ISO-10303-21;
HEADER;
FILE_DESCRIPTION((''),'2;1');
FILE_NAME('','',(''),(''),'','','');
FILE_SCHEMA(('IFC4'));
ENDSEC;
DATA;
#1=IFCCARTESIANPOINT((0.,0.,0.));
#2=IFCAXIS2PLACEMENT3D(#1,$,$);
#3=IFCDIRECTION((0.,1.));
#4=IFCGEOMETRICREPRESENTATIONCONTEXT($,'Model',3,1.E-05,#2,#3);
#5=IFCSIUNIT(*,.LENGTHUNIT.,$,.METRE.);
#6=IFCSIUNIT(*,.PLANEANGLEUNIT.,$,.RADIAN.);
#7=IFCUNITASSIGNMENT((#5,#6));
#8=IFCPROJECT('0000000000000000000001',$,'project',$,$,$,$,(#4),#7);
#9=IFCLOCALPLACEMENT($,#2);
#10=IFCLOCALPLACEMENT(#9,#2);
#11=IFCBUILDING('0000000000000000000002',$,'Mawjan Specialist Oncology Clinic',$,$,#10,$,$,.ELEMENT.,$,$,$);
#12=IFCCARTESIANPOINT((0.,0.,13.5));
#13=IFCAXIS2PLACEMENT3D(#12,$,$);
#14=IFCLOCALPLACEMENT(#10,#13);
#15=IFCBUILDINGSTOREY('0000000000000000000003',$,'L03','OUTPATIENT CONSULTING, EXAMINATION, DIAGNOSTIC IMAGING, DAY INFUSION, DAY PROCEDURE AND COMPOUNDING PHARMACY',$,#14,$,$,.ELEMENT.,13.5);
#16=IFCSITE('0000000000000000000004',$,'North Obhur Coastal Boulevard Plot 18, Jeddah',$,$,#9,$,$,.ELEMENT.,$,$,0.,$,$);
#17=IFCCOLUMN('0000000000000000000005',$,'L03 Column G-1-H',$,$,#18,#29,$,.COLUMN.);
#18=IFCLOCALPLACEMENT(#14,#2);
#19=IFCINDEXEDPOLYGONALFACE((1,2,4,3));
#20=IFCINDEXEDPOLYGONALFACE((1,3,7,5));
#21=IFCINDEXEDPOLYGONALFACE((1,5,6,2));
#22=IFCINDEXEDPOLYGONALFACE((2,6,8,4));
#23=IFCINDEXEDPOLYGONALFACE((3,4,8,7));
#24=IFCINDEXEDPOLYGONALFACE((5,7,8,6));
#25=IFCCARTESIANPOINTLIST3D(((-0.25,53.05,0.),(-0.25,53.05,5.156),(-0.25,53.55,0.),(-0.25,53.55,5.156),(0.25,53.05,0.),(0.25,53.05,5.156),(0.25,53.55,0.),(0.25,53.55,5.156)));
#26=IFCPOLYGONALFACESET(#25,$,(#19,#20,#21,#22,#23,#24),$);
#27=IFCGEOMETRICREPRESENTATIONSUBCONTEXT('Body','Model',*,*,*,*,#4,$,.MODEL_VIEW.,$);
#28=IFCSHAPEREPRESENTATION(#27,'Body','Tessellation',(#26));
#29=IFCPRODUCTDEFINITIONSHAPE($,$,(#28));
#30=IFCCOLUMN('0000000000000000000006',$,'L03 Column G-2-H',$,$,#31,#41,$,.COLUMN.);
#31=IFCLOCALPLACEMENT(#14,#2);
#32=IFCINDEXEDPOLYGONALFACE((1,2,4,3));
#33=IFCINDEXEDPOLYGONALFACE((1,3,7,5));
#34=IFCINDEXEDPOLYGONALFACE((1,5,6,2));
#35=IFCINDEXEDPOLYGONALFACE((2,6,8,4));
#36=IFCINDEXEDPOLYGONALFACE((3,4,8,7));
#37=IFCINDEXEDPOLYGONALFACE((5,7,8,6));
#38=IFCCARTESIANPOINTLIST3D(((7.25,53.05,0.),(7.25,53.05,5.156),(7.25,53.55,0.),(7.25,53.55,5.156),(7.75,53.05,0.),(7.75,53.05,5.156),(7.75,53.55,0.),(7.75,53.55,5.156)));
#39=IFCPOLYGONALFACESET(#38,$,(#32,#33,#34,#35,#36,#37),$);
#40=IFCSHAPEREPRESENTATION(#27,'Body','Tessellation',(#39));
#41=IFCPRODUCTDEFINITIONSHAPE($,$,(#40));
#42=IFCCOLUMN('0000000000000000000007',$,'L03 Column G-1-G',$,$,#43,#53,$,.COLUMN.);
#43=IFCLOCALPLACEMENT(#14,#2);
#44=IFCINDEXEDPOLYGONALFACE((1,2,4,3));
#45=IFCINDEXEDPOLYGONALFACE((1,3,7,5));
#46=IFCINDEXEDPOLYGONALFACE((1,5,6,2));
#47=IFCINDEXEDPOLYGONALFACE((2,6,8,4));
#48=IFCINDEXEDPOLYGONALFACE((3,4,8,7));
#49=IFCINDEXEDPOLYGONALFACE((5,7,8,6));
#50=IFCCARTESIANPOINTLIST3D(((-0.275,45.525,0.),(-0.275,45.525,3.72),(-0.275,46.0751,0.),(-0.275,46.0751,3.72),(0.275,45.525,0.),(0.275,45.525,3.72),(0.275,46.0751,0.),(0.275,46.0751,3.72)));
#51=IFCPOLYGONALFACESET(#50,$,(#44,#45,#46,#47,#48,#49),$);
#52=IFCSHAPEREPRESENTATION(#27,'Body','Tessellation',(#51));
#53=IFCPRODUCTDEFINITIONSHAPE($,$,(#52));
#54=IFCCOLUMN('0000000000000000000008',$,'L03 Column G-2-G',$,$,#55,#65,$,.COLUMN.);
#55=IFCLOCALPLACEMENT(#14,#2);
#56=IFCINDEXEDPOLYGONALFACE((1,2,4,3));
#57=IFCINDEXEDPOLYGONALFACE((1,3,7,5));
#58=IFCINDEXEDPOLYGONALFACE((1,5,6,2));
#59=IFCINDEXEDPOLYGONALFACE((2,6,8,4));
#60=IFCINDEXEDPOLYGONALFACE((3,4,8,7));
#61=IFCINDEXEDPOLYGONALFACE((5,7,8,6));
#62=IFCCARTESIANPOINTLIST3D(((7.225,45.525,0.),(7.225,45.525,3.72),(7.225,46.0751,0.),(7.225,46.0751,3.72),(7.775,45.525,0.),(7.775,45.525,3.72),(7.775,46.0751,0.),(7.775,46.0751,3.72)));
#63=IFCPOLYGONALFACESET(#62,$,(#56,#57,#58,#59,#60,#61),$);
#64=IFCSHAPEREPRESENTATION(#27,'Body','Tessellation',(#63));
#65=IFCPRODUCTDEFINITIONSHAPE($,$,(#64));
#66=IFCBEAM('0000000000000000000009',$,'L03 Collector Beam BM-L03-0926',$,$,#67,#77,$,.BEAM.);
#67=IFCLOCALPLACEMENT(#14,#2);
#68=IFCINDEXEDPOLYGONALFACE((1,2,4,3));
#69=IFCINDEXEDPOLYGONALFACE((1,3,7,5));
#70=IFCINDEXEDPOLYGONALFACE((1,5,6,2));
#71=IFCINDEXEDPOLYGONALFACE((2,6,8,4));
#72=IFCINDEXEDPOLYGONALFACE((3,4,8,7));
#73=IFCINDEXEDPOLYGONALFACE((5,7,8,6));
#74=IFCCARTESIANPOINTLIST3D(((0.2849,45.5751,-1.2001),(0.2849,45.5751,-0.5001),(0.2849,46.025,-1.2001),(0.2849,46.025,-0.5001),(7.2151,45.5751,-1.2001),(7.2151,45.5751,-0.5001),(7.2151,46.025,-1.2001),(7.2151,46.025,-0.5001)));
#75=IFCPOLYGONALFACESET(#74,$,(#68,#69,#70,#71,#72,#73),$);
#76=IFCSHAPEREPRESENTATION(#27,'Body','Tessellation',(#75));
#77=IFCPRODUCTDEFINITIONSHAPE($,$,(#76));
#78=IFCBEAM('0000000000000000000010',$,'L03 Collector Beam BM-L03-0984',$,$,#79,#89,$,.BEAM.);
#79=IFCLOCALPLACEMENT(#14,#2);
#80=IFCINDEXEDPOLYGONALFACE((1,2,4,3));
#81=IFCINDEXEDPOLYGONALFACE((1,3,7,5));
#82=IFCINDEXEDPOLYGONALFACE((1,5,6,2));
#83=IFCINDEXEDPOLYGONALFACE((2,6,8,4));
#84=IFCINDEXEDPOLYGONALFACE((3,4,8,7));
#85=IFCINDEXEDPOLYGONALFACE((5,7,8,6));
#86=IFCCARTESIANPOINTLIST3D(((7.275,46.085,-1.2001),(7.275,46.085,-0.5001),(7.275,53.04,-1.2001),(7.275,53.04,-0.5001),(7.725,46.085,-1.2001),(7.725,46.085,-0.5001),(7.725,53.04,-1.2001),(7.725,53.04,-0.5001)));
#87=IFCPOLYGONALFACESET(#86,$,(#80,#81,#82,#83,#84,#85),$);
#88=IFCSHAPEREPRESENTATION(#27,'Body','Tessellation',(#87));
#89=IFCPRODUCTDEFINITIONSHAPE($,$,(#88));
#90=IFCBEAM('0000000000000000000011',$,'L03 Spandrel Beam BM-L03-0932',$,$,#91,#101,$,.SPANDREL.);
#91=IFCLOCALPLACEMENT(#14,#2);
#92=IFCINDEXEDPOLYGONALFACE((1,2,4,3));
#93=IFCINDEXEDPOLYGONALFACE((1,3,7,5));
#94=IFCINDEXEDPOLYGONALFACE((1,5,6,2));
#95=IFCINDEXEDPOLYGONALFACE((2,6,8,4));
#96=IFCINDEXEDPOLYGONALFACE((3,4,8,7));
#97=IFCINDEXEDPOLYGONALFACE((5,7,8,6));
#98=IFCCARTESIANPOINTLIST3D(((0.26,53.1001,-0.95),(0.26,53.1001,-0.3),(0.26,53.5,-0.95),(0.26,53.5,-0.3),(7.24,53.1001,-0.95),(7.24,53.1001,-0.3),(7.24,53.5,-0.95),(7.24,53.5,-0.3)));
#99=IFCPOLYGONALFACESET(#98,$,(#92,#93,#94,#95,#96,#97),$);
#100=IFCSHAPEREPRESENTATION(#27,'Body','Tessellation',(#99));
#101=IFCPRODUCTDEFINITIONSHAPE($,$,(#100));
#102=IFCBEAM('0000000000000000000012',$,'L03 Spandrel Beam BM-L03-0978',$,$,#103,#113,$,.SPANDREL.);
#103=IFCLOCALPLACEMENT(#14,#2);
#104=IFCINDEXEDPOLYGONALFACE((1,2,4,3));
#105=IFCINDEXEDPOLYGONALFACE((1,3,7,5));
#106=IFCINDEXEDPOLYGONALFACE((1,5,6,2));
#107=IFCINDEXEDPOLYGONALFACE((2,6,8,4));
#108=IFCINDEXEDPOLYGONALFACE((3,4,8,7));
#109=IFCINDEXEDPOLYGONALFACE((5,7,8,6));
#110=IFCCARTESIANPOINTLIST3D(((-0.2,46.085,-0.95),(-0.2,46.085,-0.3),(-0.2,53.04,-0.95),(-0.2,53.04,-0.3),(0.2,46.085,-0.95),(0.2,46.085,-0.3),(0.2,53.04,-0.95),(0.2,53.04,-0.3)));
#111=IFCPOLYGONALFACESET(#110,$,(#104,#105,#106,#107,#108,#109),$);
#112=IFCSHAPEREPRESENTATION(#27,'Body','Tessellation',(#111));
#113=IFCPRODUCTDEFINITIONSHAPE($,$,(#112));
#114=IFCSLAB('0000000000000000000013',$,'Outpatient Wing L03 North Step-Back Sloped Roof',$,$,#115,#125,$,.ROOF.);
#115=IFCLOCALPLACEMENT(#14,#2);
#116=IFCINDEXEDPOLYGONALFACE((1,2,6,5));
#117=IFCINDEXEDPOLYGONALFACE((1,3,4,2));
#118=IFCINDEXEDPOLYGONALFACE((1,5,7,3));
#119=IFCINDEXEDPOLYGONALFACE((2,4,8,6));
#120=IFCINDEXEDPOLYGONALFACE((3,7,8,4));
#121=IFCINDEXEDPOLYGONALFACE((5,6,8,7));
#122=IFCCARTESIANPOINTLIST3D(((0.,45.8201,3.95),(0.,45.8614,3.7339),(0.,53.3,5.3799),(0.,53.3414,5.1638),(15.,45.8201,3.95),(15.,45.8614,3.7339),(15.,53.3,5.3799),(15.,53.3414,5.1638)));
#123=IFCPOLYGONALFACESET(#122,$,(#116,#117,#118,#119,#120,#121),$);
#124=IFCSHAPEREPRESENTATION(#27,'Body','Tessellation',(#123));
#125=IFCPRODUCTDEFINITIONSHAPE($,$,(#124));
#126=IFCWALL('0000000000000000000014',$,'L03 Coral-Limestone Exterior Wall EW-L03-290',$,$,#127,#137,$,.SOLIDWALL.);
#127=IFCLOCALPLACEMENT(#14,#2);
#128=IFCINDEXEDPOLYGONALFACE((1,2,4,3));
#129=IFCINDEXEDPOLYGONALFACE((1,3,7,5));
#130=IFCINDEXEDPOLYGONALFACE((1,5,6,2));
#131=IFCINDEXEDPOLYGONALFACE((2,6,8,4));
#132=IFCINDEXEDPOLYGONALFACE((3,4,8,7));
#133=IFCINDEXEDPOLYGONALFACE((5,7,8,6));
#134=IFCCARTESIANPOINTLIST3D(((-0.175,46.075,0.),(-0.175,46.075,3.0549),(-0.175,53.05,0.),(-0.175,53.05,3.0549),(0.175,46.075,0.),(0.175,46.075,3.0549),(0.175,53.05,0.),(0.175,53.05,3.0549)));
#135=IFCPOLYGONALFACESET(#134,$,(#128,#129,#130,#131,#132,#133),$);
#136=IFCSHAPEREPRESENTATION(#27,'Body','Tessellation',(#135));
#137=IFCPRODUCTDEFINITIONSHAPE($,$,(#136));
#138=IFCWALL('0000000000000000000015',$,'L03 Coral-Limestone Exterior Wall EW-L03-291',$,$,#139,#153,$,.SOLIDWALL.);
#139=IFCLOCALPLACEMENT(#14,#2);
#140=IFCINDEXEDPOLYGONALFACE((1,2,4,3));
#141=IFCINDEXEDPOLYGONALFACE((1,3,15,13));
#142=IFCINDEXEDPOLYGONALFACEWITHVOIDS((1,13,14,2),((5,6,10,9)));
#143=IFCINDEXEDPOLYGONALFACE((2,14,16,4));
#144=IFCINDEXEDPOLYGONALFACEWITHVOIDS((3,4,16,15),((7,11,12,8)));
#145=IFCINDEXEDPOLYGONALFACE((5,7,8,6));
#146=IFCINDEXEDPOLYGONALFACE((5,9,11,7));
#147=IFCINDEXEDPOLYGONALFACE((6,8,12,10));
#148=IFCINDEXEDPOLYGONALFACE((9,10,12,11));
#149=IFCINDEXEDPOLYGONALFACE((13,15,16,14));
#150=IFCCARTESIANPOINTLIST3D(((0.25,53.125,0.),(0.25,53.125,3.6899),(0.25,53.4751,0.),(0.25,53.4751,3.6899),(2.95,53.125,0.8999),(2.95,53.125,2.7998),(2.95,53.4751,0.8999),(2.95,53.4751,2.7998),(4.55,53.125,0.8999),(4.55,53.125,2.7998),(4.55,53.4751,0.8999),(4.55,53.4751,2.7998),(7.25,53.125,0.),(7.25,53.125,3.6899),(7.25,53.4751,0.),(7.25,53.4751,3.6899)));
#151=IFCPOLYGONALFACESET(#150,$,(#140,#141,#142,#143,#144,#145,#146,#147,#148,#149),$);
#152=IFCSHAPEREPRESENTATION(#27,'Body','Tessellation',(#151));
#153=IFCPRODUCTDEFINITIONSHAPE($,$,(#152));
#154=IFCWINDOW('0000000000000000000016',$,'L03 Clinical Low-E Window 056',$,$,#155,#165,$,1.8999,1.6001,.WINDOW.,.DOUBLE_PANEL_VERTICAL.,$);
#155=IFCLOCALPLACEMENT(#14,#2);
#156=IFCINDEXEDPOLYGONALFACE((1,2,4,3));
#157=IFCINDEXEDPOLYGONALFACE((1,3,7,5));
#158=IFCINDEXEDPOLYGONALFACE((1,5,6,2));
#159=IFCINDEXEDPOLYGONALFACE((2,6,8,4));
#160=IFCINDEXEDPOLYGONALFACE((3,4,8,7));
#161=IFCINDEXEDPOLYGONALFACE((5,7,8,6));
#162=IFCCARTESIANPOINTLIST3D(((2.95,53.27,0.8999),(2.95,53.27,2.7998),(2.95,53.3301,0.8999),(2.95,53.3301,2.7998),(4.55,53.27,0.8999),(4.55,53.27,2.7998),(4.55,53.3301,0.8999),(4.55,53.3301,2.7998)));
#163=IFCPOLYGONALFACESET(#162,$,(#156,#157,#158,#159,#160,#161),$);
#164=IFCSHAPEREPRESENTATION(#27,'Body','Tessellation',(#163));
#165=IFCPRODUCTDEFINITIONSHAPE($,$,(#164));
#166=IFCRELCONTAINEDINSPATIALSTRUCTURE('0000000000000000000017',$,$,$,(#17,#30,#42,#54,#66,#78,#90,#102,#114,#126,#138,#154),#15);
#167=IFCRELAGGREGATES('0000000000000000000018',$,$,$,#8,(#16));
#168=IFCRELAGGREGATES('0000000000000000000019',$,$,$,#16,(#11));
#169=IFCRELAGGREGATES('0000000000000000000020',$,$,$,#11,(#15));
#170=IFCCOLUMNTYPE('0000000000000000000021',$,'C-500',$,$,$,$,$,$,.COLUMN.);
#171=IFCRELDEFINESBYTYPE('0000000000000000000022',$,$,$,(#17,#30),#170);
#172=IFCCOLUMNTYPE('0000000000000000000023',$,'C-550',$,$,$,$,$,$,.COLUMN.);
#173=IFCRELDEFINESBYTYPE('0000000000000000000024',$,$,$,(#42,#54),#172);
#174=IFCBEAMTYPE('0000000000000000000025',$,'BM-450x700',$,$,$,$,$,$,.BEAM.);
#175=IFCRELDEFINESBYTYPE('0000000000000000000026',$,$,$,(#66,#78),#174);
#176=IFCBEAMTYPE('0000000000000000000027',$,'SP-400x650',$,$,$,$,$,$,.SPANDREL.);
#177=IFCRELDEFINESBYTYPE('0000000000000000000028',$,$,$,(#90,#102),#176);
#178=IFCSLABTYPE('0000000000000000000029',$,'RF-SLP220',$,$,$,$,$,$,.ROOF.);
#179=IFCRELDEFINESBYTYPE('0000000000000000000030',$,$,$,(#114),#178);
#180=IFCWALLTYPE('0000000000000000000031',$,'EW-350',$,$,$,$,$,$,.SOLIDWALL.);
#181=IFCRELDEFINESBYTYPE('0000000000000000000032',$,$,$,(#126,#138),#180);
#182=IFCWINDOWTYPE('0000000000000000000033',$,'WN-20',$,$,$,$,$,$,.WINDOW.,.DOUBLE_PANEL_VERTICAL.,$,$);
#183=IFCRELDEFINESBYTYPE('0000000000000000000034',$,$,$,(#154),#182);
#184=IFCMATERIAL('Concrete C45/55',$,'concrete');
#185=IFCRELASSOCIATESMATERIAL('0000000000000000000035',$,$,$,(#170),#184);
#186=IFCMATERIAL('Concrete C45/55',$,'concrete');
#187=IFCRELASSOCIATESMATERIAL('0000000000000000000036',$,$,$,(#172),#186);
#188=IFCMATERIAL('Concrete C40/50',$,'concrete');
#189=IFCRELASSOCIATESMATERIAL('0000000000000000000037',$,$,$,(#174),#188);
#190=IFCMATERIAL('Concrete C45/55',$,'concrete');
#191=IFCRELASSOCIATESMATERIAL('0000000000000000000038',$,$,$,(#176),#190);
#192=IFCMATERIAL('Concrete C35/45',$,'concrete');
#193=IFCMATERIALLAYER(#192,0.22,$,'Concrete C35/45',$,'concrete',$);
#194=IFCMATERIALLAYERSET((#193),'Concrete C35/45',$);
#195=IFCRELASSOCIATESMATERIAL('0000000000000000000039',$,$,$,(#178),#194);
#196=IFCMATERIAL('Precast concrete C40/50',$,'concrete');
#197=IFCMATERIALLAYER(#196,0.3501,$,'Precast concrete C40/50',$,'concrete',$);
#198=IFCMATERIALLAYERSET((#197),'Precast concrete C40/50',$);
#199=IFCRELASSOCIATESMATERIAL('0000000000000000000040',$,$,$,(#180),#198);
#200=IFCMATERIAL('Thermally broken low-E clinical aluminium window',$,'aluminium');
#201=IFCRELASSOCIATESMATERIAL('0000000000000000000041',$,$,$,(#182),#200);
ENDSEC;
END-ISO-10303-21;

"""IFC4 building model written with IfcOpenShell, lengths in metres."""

from ifc_helpers import new_model, si_unit, direction, frame, frame_2d, origin, origin_2d, place, context, subcontext, project, spatial, polyline, rectangle, outline, extrude, material, layer, layer_set, material_profile, profile_set, type_object, element, fill, save


model = new_model("IFC4")

# Units and contexts
model_context = context("Model", 3, precision=1e-05, world=origin(), true_north=direction((0.0, 1.0)))
body_context = subcontext(model_context, "Body", "Model", "MODEL_VIEW")
ifc_project = project(units=[si_unit("LENGTHUNIT", "METRE"), si_unit("PLANEANGLEUNIT", "RADIAN")], contexts=[model_context])

# Site, building, storey
site_placement = place(None, origin())
site = spatial("IfcSite", under=ifc_project, at=site_placement, Name="North Obhur Coastal Boulevard Plot 18, Jeddah", CompositionType="ELEMENT", RefElevation=0.0)
building_placement = place(site_placement, origin())
building = spatial("IfcBuilding", under=site, at=building_placement, Name="Mawjan Specialist Oncology Clinic", CompositionType="ELEMENT")
storey_placement = place(building_placement, frame((0.0, 0.0, 13.5)))
storey = spatial("IfcBuildingStorey", under=building, at=storey_placement, Name="L03", Description="OUTPATIENT CONSULTING, EXAMINATION, DIAGNOSTIC IMAGING, DAY INFUSION, DAY PROCEDURE AND COMPOUNDING PHARMACY", CompositionType="ELEMENT", Elevation=13.5)

# Columns
ifc_material_1 = material(Name="Concrete C45/55", Category="concrete")
ifc_material_profile_1 = material_profile(ifc_material_1, rectangle(XDim=0.5, YDim=0.5, at=origin_2d()), Name="RC COL 500x500", Category="concrete")
ifc_profile_set_1 = profile_set([ifc_material_profile_1], Name="Concrete C45/55")
column_type_1 = type_object("IfcColumnType", Name="C-500", PredefinedType="COLUMN", material=ifc_profile_set_1)
for number, where, z_axis, x_axis, name in (
    (1, (0.0, 53.3, 0.0), (0.0, 0.0, 1.0), (1.0, 0.0, 0.0), "L03 Column G-1-H"),
    (2, (7.5, 53.3, 0.0), (0.0, 0.0, 1.0), (1.0, 0.0, 0.0), "L03 Column G-2-H"),
):
    element("IfcColumn", number, at=place(storey_placement, frame(where, z_axis=z_axis, x_axis=x_axis)), inside=storey, type_object=column_type_1, Name=name, PredefinedType="COLUMN", context=body_context, shape_type="SweptSolid", body=[
        extrude(rectangle(XDim=0.5, YDim=0.5, at=origin_2d()), origin(), (0.0, 0.0, 1.0), 5.156),
    ])
ifc_material_2 = material(Name="Concrete C45/55", Category="concrete")
ifc_material_profile_2 = material_profile(ifc_material_2, rectangle(XDim=0.55, YDim=0.55, at=origin_2d()), Name="RC COL 550x550", Category="concrete")
ifc_profile_set_2 = profile_set([ifc_material_profile_2], Name="Concrete C45/55")
column_type_2 = type_object("IfcColumnType", Name="C-550", PredefinedType="COLUMN", material=ifc_profile_set_2)
for number, where, z_axis, x_axis, name in (
    (3, (0.0, 45.8, 0.0), (0.0, 0.0, 1.0), (1.0, 0.0, 0.0), "L03 Column G-1-G"),
    (4, (7.5, 45.8, 0.0), (0.0, 0.0, 1.0), (1.0, 0.0, 0.0), "L03 Column G-2-G"),
):
    element("IfcColumn", number, at=place(storey_placement, frame(where, z_axis=z_axis, x_axis=x_axis)), inside=storey, type_object=column_type_2, Name=name, PredefinedType="COLUMN", context=body_context, shape_type="SweptSolid", body=[
        extrude(rectangle(XDim=0.55, YDim=0.55, at=origin_2d()), origin(), (0.0, 0.0, 1.0), 3.72),
    ])

# Beams
ifc_material_3 = material(Name="Concrete C40/50", Category="concrete")
ifc_material_profile_3 = material_profile(ifc_material_3, rectangle(XDim=0.45, YDim=0.7, at=origin_2d()), Name="RC BM 450x700", Category="concrete")
ifc_profile_set_3 = profile_set([ifc_material_profile_3], Name="Concrete C40/50")
beam_type_1 = type_object("IfcBeamType", Name="BM-450x700", PredefinedType="BEAM", material=ifc_profile_set_3)
beam_1_placement = place(storey_placement, frame((0.2849, 45.8, -0.8501), z_axis=(1.0, 0.0, 0.0), x_axis=(0.0, 1.0, 0.0)))
element("IfcBeam", 5, at=beam_1_placement, inside=storey, type_object=beam_type_1, Name="L03 Collector Beam BM-L03-0926", PredefinedType="BEAM", context=body_context, shape_type="SweptSolid", body=[
    extrude(rectangle(XDim=0.45, YDim=0.7, at=origin_2d()), origin(), (0.0, 0.0, 1.0), 6.9302),
])
beam_2_placement = place(storey_placement, frame((7.5, 46.085, -0.8501), z_axis=(0.0, 1.0, 0.0), x_axis=(-1.0, 0.0, 0.0)))
element("IfcBeam", 6, at=beam_2_placement, inside=storey, type_object=beam_type_1, Name="L03 Collector Beam BM-L03-0984", PredefinedType="BEAM", context=body_context, shape_type="SweptSolid", body=[
    extrude(rectangle(XDim=0.45, YDim=0.7, at=origin_2d()), origin(), (0.0, 0.0, 1.0), 6.9551),
])
ifc_material_4 = material(Name="Concrete C45/55", Category="concrete")
ifc_material_profile_4 = material_profile(ifc_material_4, rectangle(XDim=0.3999, YDim=0.6499, at=origin_2d()), Name="RC BM 400x650", Category="concrete")
ifc_profile_set_4 = profile_set([ifc_material_profile_4], Name="Concrete C45/55")
beam_type_2 = type_object("IfcBeamType", Name="SP-400x650", PredefinedType="SPANDREL", material=ifc_profile_set_4)
beam_3_placement = place(storey_placement, frame((0.26, 53.3, -0.625), z_axis=(1.0, 0.0, 0.0), x_axis=(0.0, 1.0, 0.0)))
element("IfcBeam", 7, at=beam_3_placement, inside=storey, type_object=beam_type_2, Name="L03 Spandrel Beam BM-L03-0932", PredefinedType="SPANDREL", context=body_context, shape_type="SweptSolid", body=[
    extrude(rectangle(XDim=0.3999, YDim=0.6499, at=origin_2d()), origin(), (0.0, 0.0, 1.0), 6.98),
])
beam_4_placement = place(storey_placement, frame((0.0, 46.085, -0.625), z_axis=(0.0, 1.0, 0.0), x_axis=(-1.0, 0.0, 0.0)))
element("IfcBeam", 8, at=beam_4_placement, inside=storey, type_object=beam_type_2, Name="L03 Spandrel Beam BM-L03-0978", PredefinedType="SPANDREL", context=body_context, shape_type="SweptSolid", body=[
    extrude(rectangle(XDim=0.3999, YDim=0.6499, at=origin_2d()), origin(), (0.0, 0.0, 1.0), 6.9551),
])

# Slab
ifc_material_5 = material(Name="Concrete C35/45", Category="concrete")
ifc_layer_1 = layer(ifc_material_5, 0.22, Name="Concrete C35/45", Category="concrete")
ifc_layer_set_1 = layer_set([ifc_layer_1], Name="Concrete C35/45")
slab_type = type_object("IfcSlabType", Name="RF-SLP220", PredefinedType="ROOF", material=ifc_layer_set_1)
slab_placement = place(storey_placement, frame((0.0, 45.8201, 3.95), z_axis=(0.0, -0.187768, 0.982213), x_axis=(1.0, 0.0, 0.0)))
element("IfcSlab", 9, at=slab_placement, inside=storey, type_object=slab_type, Name="Outpatient Wing L03 North Step-Back Sloped Roof", PredefinedType="ROOF", context=body_context, shape_type="SweptSolid", body=[
    extrude(outline(polyline([(0.0, 0.0), (15.0, 0.0), (15.0, 7.6154), (0.0, 7.6154), (0.0, 0.0)])), origin(), (0.0, 0.0, -1.0), 0.22),
])

# Wall
ifc_material_6 = material(Name="Precast concrete C40/50", Category="concrete")
ifc_layer_2 = layer(ifc_material_6, 0.3501, Name="Precast concrete C40/50", Category="concrete")
ifc_layer_set_2 = layer_set([ifc_layer_2], Name="Precast concrete C40/50")
wall_type_1 = type_object("IfcWallType", Name="EW-350", PredefinedType="SOLIDWALL", material=ifc_layer_set_2)
wall_1_placement = place(storey_placement, frame((0.0, 46.075, 0.0), z_axis=(0.0, 0.0, 1.0), x_axis=(0.0, 1.0, 0.0)))
element("IfcWall", 10, at=wall_1_placement, inside=storey, type_object=wall_type_1, Name="L03 Coral-Limestone Exterior Wall EW-L03-290", PredefinedType="SOLIDWALL", context=body_context, shape_type="SweptSolid", body=[
    extrude(rectangle(XDim=6.9751, YDim=0.3501, at=frame_2d((3.4875, 0.0))), origin(), (0.0, 0.0, 1.0), 3.0549),
])

# Wall, opening, window
wall_2_placement = place(storey_placement, frame((0.25, 53.3, 0.0), z_axis=(0.0, 0.0, 1.0), x_axis=(1.0, 0.0, 0.0)))
wall_2 = element("IfcWall", 11, at=wall_2_placement, inside=storey, type_object=wall_type_1, Name="L03 Coral-Limestone Exterior Wall EW-L03-291", PredefinedType="SOLIDWALL", context=body_context, shape_type="SweptSolid", body=[
    extrude(rectangle(XDim=7.0, YDim=0.3501, at=frame_2d((3.5, 0.0))), origin(), (0.0, 0.0, 1.0), 3.6899),
])
opening_1_placement = place(wall_2_placement, frame((2.7, 0.0, 0.8999)))
opening_1 = element("IfcOpeningElement", 12, at=opening_1_placement, cuts=wall_2, PredefinedType="OPENING", context=body_context, shape_type="SweptSolid", body=[
    extrude(rectangle(XDim=1.6001, YDim=1.8999, at=frame_2d((0.8, 0.95))), frame((0.0, 0.187, 0.0), z_axis=(0.0, -1.0, 0.0), x_axis=(1.0, 0.0, 0.0)), (0.0, 0.0, 1.0), 0.374),
])
ifc_material_7 = material(Name="Thermally broken low-E clinical aluminium window", Category="aluminium")
window_type_1 = type_object("IfcWindowType", Name="WN-20", PartitioningType="DOUBLE_PANEL_VERTICAL", PredefinedType="WINDOW", material=ifc_material_7)
window_1_placement = place(opening_1_placement, origin())
window_1 = element("IfcWindow", 13, at=window_1_placement, inside=storey, type_object=window_type_1, Name="L03 Clinical Low-E Window 056", OverallHeight=1.8999, OverallWidth=1.6001, PartitioningType="DOUBLE_PANEL_VERTICAL", PredefinedType="WINDOW", context=body_context, shape_type="SweptSolid", body=[
    extrude(rectangle(XDim=1.6001, YDim=1.8999, at=frame_2d((0.8, 0.95))), frame((0.0, 0.03, 0.0), z_axis=(0.0, -1.0, 0.0), x_axis=(1.0, 0.0, 0.0)), (0.0, 0.0, 1.0), 0.0601),
])
fill(opening_1, window_1)

save(model, "model.ifc")
